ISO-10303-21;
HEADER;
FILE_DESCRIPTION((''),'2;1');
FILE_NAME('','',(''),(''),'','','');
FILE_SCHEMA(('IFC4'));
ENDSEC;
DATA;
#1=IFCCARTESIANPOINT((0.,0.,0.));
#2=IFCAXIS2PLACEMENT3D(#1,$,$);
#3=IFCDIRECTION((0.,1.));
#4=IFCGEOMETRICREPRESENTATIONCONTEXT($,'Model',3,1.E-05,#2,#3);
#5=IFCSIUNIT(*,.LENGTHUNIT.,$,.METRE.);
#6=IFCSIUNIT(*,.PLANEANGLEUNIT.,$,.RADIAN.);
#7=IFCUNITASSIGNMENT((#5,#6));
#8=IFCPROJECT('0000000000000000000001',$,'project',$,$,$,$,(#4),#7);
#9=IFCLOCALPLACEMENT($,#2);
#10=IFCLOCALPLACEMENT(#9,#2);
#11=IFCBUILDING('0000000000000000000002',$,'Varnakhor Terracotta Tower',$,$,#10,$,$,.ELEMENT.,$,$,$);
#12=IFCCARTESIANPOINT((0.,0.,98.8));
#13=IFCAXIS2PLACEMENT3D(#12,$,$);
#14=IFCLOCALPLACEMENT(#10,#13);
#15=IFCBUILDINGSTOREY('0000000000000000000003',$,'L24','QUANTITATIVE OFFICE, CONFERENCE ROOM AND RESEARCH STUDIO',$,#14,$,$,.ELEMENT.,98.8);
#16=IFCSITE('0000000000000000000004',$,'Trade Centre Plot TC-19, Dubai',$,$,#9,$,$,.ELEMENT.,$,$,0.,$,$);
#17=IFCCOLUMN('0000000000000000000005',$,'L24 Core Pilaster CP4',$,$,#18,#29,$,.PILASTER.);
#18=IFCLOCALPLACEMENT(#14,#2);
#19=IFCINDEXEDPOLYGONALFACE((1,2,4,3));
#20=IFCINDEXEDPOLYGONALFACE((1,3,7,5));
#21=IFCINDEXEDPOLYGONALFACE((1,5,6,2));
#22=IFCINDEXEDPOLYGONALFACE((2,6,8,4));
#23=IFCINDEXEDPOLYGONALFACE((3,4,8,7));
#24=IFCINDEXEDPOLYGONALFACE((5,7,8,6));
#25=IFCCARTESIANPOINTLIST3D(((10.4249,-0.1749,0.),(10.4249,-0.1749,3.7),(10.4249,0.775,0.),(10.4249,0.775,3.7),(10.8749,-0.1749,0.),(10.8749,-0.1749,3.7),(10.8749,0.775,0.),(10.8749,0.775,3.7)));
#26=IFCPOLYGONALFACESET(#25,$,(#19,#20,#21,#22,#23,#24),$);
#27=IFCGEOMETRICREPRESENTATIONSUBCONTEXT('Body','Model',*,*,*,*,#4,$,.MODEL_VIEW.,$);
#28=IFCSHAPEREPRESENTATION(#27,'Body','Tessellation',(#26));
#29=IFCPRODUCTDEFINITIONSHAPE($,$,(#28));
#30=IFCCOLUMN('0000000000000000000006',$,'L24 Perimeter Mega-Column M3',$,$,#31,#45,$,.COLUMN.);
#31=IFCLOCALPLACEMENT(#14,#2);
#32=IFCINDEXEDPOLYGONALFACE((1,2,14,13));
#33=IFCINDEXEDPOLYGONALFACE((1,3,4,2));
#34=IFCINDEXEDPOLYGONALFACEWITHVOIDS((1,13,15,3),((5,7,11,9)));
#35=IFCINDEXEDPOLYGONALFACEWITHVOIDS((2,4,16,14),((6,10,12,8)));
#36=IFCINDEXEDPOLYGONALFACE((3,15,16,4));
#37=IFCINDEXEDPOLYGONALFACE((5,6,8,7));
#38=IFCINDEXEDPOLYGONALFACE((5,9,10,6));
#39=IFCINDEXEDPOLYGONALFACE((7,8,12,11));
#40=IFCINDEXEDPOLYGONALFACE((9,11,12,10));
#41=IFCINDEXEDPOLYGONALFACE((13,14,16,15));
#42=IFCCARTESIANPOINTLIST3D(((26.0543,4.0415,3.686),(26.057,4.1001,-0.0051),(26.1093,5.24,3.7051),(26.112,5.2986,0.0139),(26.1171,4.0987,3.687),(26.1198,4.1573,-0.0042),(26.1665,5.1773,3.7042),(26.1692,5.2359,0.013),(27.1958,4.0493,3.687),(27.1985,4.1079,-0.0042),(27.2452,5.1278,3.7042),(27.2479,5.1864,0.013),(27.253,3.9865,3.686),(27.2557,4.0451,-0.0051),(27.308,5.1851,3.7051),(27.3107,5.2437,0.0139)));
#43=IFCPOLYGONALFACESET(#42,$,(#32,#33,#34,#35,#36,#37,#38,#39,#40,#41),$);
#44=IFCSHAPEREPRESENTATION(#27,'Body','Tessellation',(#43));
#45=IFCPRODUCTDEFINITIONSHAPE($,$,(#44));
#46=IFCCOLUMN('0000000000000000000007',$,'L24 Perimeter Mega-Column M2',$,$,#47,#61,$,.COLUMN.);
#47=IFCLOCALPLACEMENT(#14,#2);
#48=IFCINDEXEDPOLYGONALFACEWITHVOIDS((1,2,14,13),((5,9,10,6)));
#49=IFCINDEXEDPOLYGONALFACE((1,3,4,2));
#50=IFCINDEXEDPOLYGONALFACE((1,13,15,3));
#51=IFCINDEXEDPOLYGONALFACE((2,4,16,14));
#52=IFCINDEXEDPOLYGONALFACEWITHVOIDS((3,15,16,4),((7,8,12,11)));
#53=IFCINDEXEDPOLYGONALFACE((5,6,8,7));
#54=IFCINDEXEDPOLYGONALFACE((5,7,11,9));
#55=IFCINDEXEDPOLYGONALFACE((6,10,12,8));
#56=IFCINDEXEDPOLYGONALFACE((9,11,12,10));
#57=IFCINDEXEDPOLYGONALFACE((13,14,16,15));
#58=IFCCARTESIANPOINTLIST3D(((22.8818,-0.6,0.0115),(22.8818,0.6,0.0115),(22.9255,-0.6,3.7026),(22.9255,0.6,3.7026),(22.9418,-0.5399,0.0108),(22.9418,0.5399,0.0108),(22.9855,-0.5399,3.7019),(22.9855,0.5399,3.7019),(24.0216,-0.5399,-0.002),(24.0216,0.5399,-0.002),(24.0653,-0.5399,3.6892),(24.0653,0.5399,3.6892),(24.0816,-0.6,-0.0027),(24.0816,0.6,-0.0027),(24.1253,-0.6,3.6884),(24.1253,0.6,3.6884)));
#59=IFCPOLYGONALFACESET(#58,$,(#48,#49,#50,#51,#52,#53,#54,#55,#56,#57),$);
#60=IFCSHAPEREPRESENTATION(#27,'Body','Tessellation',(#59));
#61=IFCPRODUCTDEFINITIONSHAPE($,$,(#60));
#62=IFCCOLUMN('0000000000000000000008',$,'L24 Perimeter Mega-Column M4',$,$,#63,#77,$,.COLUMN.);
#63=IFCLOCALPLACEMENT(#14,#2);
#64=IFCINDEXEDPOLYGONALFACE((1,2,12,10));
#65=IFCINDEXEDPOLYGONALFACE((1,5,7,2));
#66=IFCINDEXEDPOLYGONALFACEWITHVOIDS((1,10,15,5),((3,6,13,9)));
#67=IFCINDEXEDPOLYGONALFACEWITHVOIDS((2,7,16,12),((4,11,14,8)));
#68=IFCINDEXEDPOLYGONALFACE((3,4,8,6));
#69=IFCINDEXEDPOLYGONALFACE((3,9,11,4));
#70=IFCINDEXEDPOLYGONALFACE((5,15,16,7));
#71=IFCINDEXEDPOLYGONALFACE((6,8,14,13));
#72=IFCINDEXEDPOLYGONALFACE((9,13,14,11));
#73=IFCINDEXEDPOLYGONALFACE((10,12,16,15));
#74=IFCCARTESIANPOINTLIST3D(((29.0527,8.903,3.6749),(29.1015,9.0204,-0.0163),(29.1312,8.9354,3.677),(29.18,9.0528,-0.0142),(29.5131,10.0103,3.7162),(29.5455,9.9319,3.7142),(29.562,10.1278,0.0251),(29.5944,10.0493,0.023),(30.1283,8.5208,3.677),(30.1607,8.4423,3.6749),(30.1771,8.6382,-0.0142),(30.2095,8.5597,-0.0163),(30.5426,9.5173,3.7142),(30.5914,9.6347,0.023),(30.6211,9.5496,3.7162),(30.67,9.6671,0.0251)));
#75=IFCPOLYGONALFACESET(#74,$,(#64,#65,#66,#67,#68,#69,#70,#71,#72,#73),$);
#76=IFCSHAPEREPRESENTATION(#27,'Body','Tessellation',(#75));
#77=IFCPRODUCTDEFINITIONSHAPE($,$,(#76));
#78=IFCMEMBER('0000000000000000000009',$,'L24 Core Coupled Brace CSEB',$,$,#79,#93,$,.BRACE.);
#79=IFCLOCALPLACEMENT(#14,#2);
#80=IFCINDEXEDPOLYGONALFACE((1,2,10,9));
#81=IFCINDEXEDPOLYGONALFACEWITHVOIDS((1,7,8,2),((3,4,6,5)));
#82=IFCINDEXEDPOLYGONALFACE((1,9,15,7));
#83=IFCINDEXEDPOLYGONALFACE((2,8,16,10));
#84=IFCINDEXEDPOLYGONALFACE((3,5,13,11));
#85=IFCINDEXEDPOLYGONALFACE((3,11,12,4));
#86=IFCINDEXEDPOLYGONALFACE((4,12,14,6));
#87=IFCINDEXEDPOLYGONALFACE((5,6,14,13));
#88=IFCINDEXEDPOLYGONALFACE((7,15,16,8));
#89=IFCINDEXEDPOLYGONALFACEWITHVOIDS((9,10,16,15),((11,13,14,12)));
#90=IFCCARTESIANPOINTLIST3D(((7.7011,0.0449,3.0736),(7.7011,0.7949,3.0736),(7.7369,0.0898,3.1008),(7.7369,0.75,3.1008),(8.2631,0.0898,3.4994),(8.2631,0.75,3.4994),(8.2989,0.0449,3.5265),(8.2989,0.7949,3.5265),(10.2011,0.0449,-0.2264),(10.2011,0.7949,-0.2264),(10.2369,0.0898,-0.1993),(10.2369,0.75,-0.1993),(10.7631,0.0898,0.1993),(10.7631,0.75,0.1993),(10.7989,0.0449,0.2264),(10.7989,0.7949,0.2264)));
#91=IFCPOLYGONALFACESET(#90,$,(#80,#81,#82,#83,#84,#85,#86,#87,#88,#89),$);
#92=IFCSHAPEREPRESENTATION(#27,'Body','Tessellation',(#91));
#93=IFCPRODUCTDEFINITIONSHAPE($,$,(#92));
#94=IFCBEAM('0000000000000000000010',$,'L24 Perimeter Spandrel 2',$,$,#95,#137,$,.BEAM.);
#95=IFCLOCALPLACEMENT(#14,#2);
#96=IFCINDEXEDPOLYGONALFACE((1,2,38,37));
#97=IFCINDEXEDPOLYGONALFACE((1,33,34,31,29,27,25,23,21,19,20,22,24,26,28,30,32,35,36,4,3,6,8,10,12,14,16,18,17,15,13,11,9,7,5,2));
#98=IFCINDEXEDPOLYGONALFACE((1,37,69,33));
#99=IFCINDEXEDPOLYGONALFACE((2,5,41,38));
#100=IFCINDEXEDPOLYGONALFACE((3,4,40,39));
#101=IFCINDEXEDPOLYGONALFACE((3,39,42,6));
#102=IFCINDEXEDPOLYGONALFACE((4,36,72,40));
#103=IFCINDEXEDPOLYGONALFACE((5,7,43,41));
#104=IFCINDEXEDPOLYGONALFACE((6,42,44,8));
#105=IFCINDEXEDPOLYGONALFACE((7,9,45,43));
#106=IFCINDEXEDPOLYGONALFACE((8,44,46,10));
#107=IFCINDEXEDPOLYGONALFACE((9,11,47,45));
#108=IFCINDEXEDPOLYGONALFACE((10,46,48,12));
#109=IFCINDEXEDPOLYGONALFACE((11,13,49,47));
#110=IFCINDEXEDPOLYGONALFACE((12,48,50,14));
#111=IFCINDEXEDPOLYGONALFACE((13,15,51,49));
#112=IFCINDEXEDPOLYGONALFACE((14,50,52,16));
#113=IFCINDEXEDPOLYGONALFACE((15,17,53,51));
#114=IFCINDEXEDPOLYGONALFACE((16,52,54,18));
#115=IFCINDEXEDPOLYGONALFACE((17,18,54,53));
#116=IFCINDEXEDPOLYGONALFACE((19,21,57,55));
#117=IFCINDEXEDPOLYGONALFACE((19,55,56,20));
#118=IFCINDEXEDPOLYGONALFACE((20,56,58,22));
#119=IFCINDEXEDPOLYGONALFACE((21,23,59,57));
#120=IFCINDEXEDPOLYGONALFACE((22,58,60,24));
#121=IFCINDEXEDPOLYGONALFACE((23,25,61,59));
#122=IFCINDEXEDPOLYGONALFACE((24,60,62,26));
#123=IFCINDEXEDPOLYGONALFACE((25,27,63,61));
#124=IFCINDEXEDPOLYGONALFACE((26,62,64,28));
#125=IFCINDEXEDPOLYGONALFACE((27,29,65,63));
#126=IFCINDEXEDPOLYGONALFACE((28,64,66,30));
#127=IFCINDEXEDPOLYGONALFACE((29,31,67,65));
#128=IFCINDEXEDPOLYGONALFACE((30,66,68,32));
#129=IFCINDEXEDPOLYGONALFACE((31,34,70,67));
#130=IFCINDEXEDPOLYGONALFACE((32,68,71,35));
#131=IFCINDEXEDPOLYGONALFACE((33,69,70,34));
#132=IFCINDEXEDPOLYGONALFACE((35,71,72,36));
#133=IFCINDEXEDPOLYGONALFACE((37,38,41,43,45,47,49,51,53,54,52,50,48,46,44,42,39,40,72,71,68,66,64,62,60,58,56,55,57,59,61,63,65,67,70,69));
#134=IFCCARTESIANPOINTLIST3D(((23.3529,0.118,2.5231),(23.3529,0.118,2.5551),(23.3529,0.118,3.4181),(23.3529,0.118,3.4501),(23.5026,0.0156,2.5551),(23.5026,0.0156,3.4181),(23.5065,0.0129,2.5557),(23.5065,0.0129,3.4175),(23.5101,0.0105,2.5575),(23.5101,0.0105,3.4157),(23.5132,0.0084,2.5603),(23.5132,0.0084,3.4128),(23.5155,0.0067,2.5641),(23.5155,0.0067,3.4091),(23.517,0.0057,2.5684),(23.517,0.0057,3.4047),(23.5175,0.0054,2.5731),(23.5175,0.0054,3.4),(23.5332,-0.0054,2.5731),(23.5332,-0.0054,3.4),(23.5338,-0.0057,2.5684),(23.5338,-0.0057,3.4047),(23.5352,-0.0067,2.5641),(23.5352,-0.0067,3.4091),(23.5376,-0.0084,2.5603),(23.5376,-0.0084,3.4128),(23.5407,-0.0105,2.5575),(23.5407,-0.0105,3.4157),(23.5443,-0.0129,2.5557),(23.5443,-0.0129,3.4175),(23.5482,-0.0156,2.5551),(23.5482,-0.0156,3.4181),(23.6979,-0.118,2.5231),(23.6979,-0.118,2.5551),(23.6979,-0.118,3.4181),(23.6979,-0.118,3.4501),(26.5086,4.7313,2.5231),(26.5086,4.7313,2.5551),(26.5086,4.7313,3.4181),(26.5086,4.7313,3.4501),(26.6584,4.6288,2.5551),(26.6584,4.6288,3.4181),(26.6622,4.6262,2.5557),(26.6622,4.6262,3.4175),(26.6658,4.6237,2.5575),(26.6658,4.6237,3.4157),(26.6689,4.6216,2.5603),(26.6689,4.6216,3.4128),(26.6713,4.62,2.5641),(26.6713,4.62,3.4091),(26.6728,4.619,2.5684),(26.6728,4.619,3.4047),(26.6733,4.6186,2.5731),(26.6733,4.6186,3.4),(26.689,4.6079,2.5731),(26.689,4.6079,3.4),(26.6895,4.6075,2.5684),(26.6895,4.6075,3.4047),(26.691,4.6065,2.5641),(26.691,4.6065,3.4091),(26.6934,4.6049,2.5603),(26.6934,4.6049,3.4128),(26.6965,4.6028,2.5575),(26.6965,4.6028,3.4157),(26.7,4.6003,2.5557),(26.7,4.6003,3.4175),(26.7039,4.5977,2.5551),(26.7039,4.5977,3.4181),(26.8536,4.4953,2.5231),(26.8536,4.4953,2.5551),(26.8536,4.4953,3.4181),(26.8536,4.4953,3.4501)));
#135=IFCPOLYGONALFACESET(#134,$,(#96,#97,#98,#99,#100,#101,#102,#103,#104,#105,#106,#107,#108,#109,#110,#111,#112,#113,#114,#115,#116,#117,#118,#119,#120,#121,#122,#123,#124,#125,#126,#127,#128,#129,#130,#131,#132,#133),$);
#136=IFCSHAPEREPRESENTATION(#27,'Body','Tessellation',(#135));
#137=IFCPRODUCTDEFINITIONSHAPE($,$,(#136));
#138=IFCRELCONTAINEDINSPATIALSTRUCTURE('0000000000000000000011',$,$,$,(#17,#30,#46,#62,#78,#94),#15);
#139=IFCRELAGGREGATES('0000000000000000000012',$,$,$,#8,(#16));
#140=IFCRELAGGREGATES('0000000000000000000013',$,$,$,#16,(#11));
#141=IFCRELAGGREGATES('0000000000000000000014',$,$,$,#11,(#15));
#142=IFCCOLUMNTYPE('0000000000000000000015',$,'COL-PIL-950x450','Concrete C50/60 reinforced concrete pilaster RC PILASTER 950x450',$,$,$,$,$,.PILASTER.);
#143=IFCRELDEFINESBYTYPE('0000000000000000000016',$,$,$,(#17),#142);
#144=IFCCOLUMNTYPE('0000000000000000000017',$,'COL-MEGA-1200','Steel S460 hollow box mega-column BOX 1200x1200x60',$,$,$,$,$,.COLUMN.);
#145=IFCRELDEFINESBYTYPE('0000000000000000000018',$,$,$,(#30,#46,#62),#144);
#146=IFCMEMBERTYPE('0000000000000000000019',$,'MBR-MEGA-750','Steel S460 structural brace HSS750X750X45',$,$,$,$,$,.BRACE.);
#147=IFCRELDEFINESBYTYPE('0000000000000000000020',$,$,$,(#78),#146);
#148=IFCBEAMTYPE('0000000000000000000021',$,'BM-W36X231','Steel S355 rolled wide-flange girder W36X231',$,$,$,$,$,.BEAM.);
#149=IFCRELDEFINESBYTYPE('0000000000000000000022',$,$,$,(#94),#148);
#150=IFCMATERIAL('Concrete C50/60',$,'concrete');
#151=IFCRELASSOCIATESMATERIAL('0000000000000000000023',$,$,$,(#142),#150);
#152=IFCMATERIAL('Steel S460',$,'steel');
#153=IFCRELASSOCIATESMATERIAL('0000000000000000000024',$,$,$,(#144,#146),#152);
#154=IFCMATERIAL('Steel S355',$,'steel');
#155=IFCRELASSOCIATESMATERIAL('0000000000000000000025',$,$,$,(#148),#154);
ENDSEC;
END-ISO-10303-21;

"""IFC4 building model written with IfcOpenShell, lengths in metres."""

from ifc_helpers import new_model, si_unit, direction, frame, origin, origin_2d, place, context, subcontext, project, spatial, rectangle, hollow_rectangle, i_section, extrude, source, transform, mapped, material, material_profile, profile_set, type_object, type_shapes, element, save


model = new_model("IFC4")

# Units and contexts
model_context = context("Model", 3, precision=1e-05, world=origin(), true_north=direction((0.0, 1.0)))
body_context = subcontext(model_context, "Body", "Model", "MODEL_VIEW")
ifc_project = project(units=[si_unit("LENGTHUNIT", "METRE"), si_unit("PLANEANGLEUNIT", "RADIAN")], contexts=[model_context])

# Site, building, storey
site_placement = place(None, origin())
site = spatial("IfcSite", under=ifc_project, at=site_placement, Name="Trade Centre Plot TC-19, Dubai", CompositionType="ELEMENT", RefElevation=0.0)
building_placement = place(site_placement, origin())
building = spatial("IfcBuilding", under=site, at=building_placement, Name="Varnakhor Terracotta Tower", CompositionType="ELEMENT")
storey_placement = place(building_placement, frame((0.0, 0.0, 98.8)))
storey = spatial("IfcBuildingStorey", under=building, at=storey_placement, Name="L24", Description="QUANTITATIVE OFFICE, CONFERENCE ROOM AND RESEARCH STUDIO", CompositionType="ELEMENT", Elevation=98.8)

# Columns
ifc_material_1 = material(Name="Concrete C50/60", Category="concrete")
ifc_material_profile_1 = material_profile(ifc_material_1, rectangle(XDim=0.45, YDim=0.95, at=origin_2d()), Name="RC PILASTER 950x450")
ifc_profile_set_1 = profile_set([ifc_material_profile_1], Name="Concrete C50/60")
column_type_1 = type_object("IfcColumnType", Name="COL-PIL-950x450", Description="Concrete C50/60 reinforced concrete pilaster RC PILASTER 950x450", PredefinedType="PILASTER", material=ifc_profile_set_1)
shared_shape_1 = source(origin(), body_context, "Body", "SweptSolid", [
    extrude(rectangle(XDim=0.45, YDim=0.95, at=origin_2d()), origin(), (0.0, 0.0, 1.0), 3.7),
])
column_1_placement = place(storey_placement, frame((10.6499, 0.3, 0.0), z_axis=(0.0, 0.0, 1.0), x_axis=(1.0, 0.0, 0.0)))
element("IfcColumn", 1, at=column_1_placement, inside=storey, type_object=column_type_1, Name="L24 Core Pilaster CP4", PredefinedType="PILASTER", context=body_context, shape_type="MappedRepresentation", body=[
    mapped(shared_shape_1, transform((0.0, 0.0, 0.0), scale=1.0)),
])
ifc_material_2 = material(Name="Steel S460", Category="steel")
ifc_material_profile_2 = material_profile(ifc_material_2, hollow_rectangle(XDim=1.2, YDim=1.2, WallThickness=0.0601, at=origin_2d()), Name="BOX 1200x1200x60")
ifc_profile_set_2 = profile_set([ifc_material_profile_2], Name="Steel S460")
column_type_2 = type_object("IfcColumnType", Name="COL-MEGA-1200", Description="Steel S460 hollow box mega-column BOX 1200x1200x60", PredefinedType="COLUMN", material=ifc_profile_set_2)
shared_shape_2 = source(origin(), body_context, "Body", "SweptSolid", [
    extrude(hollow_rectangle(XDim=1.2, YDim=1.2, WallThickness=0.0601, at=origin_2d()), origin(), (0.0, 0.0, 1.0), 3.6917),
])
type_shapes(column_type_2, [shared_shape_2])
column_2_placement = place(storey_placement, frame((26.6838, 4.6719, 0.0044), z_axis=(-0.000727, -0.015872, 0.999874), x_axis=(0.998951, -0.045785, 0.0)))
element("IfcColumn", 2, at=column_2_placement, inside=storey, type_object=column_type_2, Name="L24 Perimeter Mega-Column M3", PredefinedType="COLUMN", context=body_context, shape_type="MappedRepresentation", body=[
    mapped(shared_shape_2, transform((0.0, 0.0, 0.0), scale=1.0)),
])
shared_shape_3 = source(origin(), body_context, "Body", "SweptSolid", [
    extrude(hollow_rectangle(XDim=1.2, YDim=1.2, WallThickness=0.0601, at=origin_2d()), origin(), (0.0, 0.0, 1.0), 3.6914),
])
column_3_placement = place(storey_placement, frame((23.4817, 0.0, 0.0044), z_axis=(0.011839, 0.0, 0.99993), x_axis=(0.0, 1.0, 0.0)))
element("IfcColumn", 3, at=column_3_placement, inside=storey, type_object=column_type_2, Name="L24 Perimeter Mega-Column M2", PredefinedType="COLUMN", context=body_context, shape_type="MappedRepresentation", body=[
    mapped(shared_shape_3, transform((0.0, 0.0, 0.0), scale=1.0)),
])
shared_shape_4 = source(origin(), body_context, "Body", "SweptSolid", [
    extrude(hollow_rectangle(XDim=1.2, YDim=1.2, WallThickness=0.0601, at=origin_2d()), origin(), (0.0, 0.0, 1.0), 3.6934),
])
column_4_placement = place(storey_placement, frame((29.8857, 9.3438, 0.0044), z_axis=(-0.013221, -0.031795, 0.999407), x_axis=(0.923361, -0.383934, 0.0)))
element("IfcColumn", 4, at=column_4_placement, inside=storey, type_object=column_type_2, Name="L24 Perimeter Mega-Column M4", PredefinedType="COLUMN", context=body_context, shape_type="MappedRepresentation", body=[
    mapped(shared_shape_4, transform((0.0, 0.0, 0.0), scale=1.0)),
])

# Member
ifc_material_profile_3 = material_profile(ifc_material_2, hollow_rectangle(XDim=0.75, YDim=0.75, WallThickness=0.0449, at=origin_2d()), Name="HSS750X750X45")
ifc_profile_set_3 = profile_set([ifc_material_profile_3], Name="Steel S460")
member_type_1 = type_object("IfcMemberType", Name="MBR-MEGA-750", Description="Steel S460 structural brace HSS750X750X45", PredefinedType="BRACE", material=ifc_profile_set_3)
shared_shape_5 = source(origin(), body_context, "Body", "SweptSolid", [
    extrude(hollow_rectangle(XDim=0.75, YDim=0.75, WallThickness=0.0449, at=origin_2d()), origin(), (0.0, 0.0, 1.0), 4.1401),
])
type_shapes(member_type_1, [shared_shape_5])
member_1_placement = place(storey_placement, frame((10.5, 0.4199, 0.0), z_axis=(-0.603852, 0.0, 0.797096), x_axis=(0.0, -1.0, 0.0)))
element("IfcMember", 5, at=member_1_placement, inside=storey, type_object=member_type_1, Name="L24 Core Coupled Brace CSEB", PredefinedType="BRACE", context=body_context, shape_type="MappedRepresentation", body=[
    mapped(shared_shape_5, transform((0.0, 0.0, 0.0), scale=1.0)),
])

# Beam
ifc_material_3 = material(Name="Steel S355", Category="steel")
ifc_material_profile_4 = material_profile(ifc_material_3, i_section(OverallWidth=0.418, OverallDepth=0.927, WebThickness=0.019, FlangeThickness=0.032, FilletRadius=0.0181, at=origin_2d()), Name="W36X231")
ifc_profile_set_4 = profile_set([ifc_material_profile_4], Name="Steel S355")
beam_type_1 = type_object("IfcBeamType", Name="BM-W36X231", Description="Steel S355 rolled wide-flange girder W36X231", PredefinedType="BEAM", material=ifc_profile_set_4)
shared_shape_6 = source(origin(), body_context, "Body", "SweptSolid", [
    extrude(i_section(OverallWidth=0.418, OverallDepth=0.927, WebThickness=0.019, FlangeThickness=0.032, FilletRadius=0.0181, at=origin_2d()), origin(), (0.0, 0.0, 1.0), 5.5894),
])
beam_1_placement = place(storey_placement, frame((23.5254, 0.0, 2.9866), z_axis=(0.564599, 0.825365, 0.0), x_axis=(-0.825365, 0.564599, 0.0)))
element("IfcBeam", 6, at=beam_1_placement, inside=storey, type_object=beam_type_1, Name="L24 Perimeter Spandrel 2", PredefinedType="BEAM", context=body_context, shape_type="MappedRepresentation", body=[
    mapped(shared_shape_6, transform((0.0, 0.0, 0.0), scale=1.0)),
])

save(model, "model.ifc")
